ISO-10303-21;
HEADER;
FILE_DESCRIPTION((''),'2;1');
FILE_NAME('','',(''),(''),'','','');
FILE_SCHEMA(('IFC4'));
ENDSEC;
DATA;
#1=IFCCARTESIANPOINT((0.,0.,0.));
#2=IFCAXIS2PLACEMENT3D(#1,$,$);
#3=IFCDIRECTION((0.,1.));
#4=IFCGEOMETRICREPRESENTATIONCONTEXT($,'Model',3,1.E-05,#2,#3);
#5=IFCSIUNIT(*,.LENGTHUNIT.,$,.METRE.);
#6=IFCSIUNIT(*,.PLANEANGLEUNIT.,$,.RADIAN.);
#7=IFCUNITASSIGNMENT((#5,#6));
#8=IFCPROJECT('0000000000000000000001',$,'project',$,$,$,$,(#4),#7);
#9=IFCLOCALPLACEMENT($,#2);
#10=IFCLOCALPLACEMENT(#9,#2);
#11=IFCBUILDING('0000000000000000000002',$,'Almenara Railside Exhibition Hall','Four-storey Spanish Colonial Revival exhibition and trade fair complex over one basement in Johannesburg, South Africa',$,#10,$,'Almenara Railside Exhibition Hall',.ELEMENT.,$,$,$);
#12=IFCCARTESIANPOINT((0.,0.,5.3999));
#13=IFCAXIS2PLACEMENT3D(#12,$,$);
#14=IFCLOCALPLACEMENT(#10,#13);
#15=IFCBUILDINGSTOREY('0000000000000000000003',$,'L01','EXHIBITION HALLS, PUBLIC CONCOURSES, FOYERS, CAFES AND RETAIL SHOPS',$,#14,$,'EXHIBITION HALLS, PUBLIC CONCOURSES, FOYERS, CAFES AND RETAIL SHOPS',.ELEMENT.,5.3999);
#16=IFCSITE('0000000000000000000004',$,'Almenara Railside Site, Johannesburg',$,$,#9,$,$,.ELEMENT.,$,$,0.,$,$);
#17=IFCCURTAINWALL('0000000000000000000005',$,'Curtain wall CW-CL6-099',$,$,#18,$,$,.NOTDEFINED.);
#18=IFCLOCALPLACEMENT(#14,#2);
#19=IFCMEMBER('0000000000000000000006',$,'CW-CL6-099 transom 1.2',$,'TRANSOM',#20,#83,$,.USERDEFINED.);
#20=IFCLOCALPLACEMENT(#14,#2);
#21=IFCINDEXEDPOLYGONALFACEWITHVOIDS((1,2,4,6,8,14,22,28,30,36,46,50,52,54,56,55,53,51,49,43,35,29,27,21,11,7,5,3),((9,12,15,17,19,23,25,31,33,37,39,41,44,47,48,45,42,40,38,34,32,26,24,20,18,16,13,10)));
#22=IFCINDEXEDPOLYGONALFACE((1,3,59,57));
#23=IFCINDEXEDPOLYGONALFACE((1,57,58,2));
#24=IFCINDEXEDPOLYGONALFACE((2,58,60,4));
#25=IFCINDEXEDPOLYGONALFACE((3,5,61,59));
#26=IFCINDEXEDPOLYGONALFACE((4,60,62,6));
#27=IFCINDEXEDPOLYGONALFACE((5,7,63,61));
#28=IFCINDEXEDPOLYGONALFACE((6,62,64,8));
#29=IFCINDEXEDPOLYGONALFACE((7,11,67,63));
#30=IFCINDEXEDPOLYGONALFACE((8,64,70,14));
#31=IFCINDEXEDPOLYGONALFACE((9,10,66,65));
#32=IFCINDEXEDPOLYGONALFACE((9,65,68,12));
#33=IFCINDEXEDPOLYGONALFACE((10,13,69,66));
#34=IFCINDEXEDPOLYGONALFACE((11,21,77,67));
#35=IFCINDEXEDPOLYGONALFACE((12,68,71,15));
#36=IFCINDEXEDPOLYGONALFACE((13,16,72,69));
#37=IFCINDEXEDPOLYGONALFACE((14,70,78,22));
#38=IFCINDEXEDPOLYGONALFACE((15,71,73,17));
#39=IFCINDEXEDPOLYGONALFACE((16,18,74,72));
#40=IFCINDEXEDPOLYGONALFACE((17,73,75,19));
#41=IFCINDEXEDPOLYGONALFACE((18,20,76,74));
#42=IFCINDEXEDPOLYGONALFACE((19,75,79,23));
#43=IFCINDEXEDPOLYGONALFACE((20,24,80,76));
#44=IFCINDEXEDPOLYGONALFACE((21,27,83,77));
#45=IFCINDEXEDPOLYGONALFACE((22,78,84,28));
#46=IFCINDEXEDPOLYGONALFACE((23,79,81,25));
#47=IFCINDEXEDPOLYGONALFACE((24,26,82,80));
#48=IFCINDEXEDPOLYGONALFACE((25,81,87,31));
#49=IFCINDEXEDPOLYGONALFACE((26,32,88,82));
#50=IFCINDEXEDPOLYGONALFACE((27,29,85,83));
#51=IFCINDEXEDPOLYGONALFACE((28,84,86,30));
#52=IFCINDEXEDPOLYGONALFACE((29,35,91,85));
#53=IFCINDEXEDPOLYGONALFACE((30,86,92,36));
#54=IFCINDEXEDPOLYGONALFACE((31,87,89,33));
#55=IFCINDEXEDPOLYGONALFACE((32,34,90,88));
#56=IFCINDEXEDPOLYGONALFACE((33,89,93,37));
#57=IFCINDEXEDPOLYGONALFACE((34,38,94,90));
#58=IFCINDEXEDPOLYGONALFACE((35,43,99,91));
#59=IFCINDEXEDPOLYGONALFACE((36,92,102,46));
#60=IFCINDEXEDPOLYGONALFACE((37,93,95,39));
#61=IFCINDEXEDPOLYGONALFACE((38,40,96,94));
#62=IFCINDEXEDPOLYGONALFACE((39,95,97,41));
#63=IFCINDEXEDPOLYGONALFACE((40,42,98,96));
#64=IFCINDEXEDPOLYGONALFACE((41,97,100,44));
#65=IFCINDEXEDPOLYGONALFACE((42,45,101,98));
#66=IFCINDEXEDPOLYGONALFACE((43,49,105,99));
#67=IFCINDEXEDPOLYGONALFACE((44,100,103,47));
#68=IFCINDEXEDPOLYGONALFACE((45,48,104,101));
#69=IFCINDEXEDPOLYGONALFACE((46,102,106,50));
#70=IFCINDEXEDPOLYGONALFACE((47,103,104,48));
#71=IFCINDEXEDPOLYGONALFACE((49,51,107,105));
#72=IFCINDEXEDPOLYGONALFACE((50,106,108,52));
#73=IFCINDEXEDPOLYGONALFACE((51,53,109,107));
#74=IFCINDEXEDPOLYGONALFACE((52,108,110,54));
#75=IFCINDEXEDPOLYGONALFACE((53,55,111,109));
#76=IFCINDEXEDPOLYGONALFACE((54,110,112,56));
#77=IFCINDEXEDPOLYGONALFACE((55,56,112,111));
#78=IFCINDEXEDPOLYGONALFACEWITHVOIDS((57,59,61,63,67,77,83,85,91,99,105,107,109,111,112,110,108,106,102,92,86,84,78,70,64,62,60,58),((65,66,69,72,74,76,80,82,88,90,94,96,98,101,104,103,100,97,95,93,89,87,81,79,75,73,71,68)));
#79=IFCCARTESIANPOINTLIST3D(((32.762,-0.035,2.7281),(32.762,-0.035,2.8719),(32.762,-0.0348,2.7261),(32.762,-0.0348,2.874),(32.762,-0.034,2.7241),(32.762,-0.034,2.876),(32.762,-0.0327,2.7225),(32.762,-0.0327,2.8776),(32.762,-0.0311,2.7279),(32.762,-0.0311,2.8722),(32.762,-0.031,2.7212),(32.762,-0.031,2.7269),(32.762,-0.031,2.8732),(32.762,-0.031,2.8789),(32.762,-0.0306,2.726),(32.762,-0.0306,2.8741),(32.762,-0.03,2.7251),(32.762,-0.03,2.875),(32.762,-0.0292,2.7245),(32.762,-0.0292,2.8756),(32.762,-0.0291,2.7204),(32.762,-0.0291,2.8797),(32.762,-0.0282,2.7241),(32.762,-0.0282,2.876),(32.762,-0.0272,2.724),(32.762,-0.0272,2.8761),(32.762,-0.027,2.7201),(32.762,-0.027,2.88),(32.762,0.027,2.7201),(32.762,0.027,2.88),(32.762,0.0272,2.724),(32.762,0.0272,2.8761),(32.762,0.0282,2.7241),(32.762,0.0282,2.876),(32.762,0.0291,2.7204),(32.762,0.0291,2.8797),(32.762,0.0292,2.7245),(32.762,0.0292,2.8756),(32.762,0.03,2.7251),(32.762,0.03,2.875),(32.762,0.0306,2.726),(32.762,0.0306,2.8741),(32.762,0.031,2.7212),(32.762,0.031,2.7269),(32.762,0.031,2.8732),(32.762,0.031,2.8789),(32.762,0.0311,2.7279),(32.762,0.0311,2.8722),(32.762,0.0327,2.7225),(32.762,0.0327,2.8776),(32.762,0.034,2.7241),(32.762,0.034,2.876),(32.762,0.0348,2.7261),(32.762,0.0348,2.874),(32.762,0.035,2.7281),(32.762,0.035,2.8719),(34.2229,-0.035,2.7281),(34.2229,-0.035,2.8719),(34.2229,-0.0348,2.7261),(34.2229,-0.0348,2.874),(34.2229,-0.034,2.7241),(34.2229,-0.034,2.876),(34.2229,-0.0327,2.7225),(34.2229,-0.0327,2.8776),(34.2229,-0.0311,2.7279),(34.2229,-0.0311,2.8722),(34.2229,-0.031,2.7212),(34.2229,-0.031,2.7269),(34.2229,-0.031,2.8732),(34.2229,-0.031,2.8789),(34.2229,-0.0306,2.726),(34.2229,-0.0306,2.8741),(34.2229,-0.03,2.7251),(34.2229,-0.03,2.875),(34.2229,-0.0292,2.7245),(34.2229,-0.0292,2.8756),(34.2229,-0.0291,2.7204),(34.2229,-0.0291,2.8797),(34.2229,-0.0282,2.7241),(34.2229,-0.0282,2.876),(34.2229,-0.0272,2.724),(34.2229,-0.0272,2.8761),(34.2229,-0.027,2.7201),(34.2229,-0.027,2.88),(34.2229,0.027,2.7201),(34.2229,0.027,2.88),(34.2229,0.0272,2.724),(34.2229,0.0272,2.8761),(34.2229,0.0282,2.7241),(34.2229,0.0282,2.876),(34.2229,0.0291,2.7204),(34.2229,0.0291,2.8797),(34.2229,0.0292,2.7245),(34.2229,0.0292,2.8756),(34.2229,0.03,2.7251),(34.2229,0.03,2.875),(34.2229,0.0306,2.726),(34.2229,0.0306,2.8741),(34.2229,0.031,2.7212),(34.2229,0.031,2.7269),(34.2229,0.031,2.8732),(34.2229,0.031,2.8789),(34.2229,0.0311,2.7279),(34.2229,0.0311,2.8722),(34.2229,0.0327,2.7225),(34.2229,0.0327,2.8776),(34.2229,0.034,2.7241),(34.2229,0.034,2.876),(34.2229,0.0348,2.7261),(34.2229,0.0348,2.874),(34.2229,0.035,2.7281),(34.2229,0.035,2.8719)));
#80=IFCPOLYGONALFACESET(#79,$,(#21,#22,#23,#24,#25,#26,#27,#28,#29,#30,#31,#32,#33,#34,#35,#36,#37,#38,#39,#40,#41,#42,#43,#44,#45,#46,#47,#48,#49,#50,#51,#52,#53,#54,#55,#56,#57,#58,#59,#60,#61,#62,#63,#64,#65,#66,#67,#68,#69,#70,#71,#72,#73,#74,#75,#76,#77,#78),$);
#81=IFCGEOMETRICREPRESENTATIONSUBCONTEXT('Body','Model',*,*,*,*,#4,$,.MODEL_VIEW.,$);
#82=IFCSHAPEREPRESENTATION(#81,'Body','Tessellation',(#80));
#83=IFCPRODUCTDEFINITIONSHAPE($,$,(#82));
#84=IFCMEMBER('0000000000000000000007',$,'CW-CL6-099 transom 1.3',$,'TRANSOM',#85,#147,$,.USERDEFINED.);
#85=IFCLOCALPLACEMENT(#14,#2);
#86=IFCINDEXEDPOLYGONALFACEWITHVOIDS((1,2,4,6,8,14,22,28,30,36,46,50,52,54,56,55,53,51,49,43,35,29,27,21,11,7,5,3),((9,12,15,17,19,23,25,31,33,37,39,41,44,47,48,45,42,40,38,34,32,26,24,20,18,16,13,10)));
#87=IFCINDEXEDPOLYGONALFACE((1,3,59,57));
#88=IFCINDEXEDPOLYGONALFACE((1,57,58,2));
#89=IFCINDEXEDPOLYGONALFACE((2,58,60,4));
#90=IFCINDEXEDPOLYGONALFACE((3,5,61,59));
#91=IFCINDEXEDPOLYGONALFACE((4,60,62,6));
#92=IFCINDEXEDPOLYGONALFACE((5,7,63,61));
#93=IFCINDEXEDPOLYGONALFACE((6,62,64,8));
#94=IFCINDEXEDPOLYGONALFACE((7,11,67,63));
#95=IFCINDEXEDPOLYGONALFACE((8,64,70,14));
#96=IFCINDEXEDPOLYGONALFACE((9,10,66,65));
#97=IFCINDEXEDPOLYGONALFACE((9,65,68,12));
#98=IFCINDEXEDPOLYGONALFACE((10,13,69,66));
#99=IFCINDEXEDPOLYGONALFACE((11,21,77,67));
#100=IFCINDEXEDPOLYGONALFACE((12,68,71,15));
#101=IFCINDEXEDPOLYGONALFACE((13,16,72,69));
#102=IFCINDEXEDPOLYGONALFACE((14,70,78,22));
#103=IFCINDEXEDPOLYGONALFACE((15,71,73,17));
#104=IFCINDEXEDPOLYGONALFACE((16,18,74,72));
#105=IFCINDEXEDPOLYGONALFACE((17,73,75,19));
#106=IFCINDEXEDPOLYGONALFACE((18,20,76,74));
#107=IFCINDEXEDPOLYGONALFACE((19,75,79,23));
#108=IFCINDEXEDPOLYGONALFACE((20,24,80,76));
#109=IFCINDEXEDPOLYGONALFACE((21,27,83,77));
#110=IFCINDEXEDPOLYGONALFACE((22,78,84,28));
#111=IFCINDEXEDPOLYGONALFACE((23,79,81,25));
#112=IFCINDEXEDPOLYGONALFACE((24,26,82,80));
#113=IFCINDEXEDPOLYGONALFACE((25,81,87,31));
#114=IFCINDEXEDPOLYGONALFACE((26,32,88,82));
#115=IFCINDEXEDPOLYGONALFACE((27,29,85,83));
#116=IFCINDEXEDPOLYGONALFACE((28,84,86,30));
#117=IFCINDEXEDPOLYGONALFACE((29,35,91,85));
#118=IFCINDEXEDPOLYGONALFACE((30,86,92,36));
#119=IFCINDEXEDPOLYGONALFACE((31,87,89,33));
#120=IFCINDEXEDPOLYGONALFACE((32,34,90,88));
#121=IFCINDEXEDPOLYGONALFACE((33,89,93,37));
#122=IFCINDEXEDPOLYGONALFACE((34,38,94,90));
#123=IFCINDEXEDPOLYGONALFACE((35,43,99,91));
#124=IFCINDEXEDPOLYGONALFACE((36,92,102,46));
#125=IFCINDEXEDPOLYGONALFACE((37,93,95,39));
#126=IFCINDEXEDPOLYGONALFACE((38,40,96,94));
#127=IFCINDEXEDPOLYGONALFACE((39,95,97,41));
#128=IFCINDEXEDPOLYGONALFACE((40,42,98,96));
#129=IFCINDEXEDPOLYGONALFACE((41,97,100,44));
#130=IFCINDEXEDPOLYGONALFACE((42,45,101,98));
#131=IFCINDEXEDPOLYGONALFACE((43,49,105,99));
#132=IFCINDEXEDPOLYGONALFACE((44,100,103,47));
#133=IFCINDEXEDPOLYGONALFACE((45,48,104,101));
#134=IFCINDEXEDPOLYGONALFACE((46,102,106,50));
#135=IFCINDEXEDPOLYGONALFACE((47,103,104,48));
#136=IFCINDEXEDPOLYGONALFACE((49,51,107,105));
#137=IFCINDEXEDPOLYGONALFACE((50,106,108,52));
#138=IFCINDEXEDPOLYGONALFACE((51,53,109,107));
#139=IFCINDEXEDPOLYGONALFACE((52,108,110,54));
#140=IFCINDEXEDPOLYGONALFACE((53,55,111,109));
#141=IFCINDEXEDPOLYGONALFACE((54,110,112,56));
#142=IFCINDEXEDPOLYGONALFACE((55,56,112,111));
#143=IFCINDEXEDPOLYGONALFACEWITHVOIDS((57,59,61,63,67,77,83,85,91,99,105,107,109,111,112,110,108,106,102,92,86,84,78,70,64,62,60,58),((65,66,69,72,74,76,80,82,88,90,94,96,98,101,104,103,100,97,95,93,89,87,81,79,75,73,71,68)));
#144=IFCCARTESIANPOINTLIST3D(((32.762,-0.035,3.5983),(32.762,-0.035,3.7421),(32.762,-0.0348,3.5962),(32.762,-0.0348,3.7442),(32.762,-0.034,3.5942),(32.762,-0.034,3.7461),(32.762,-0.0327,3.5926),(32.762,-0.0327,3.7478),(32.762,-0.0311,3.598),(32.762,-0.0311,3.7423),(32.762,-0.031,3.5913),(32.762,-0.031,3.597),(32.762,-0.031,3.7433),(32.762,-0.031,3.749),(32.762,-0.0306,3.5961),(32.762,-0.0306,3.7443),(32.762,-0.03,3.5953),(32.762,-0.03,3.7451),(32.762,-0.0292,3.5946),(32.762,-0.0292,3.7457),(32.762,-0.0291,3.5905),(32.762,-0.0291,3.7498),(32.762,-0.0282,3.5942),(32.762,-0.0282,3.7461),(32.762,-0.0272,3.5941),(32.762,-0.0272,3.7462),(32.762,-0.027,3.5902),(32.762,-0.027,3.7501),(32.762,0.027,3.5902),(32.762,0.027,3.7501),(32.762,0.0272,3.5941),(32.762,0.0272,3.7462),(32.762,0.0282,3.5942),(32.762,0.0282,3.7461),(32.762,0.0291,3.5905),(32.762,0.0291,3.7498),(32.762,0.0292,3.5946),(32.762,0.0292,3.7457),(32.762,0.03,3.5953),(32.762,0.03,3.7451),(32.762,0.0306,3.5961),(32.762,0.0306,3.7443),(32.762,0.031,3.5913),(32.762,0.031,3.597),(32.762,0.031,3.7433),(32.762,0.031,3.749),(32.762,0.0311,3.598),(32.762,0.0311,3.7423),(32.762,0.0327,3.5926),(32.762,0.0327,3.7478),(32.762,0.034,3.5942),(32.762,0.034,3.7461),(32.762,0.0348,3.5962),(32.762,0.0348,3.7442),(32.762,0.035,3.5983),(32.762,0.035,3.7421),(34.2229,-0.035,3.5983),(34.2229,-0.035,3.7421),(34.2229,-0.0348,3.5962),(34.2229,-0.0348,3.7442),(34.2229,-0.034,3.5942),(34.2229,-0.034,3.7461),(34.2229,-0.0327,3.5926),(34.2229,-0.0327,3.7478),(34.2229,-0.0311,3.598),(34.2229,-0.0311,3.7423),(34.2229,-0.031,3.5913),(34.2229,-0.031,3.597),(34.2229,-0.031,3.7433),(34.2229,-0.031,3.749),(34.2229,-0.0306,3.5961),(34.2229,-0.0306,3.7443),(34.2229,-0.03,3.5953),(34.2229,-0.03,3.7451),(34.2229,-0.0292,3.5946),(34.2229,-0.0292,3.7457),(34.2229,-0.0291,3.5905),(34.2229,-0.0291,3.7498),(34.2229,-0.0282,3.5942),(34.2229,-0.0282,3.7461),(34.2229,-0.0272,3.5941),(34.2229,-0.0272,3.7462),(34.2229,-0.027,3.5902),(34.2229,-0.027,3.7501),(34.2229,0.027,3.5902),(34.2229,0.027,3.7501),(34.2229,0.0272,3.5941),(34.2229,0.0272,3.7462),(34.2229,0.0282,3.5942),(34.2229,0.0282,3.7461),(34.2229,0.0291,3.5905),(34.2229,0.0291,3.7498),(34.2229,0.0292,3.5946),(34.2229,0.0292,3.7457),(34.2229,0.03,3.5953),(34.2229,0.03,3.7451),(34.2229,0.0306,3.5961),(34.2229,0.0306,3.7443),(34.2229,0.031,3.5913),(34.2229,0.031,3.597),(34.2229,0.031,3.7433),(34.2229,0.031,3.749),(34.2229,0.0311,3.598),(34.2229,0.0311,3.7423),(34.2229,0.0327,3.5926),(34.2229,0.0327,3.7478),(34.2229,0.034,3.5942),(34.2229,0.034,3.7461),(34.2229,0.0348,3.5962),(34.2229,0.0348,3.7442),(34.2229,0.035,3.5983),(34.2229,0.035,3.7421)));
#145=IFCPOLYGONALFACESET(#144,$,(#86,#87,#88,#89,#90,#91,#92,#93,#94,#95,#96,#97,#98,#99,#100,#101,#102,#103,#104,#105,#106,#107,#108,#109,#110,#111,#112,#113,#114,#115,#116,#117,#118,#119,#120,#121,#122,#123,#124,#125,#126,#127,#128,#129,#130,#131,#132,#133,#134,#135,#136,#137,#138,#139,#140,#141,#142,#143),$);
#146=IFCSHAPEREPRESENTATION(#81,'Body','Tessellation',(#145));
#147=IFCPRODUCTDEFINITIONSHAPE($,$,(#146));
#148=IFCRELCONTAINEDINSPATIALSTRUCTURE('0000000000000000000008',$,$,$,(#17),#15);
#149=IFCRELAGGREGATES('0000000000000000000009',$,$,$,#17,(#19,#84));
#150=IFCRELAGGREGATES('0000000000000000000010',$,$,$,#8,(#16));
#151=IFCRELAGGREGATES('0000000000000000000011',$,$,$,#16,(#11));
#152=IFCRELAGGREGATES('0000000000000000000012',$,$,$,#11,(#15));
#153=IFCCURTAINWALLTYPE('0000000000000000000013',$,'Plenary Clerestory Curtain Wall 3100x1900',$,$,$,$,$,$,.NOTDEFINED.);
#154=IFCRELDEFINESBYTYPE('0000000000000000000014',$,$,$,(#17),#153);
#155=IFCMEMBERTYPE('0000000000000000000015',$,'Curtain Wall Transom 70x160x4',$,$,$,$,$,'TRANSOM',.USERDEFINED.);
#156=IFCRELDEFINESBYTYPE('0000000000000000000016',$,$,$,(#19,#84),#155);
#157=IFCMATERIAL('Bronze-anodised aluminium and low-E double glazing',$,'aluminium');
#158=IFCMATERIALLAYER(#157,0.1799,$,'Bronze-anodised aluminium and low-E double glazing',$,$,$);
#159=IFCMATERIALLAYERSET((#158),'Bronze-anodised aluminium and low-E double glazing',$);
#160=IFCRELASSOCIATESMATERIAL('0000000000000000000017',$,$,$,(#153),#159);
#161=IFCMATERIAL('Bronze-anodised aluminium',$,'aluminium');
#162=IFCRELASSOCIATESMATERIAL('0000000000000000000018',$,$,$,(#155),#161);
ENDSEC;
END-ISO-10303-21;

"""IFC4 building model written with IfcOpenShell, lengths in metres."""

from ifc_helpers import new_model, si_unit, direction, frame, origin, origin_2d, place, context, subcontext, project, spatial, hollow_rectangle, extrude, material, layer, layer_set, material_profile, profile_set, type_object, element, aggregate, save


model = new_model("IFC4")

# Units and contexts
model_context = context("Model", 3, precision=1e-05, world=origin(), true_north=direction((0.0, 1.0)))
body_context = subcontext(model_context, "Body", "Model", "MODEL_VIEW")
ifc_project = project(units=[si_unit("LENGTHUNIT", "METRE"), si_unit("PLANEANGLEUNIT", "RADIAN")], contexts=[model_context])

# Site, building, storey
site_placement = place(None, origin())
site = spatial("IfcSite", under=ifc_project, at=site_placement, Name="Almenara Railside Site, Johannesburg", CompositionType="ELEMENT", RefElevation=0.0)
building_placement = place(site_placement, origin())
building = spatial("IfcBuilding", under=site, at=building_placement, Name="Almenara Railside Exhibition Hall", Description="Four-storey Spanish Colonial Revival exhibition and trade fair complex over one basement in Johannesburg, South Africa", LongName="Almenara Railside Exhibition Hall", CompositionType="ELEMENT")
storey_placement = place(building_placement, frame((0.0, 0.0, 5.3999)))
storey = spatial("IfcBuildingStorey", under=building, at=storey_placement, Name="L01", Description="EXHIBITION HALLS, PUBLIC CONCOURSES, FOYERS, CAFES AND RETAIL SHOPS", LongName="EXHIBITION HALLS, PUBLIC CONCOURSES, FOYERS, CAFES AND RETAIL SHOPS", CompositionType="ELEMENT", Elevation=5.3999)

# Curtain wall
ifc_material_1 = material(Name="Bronze-anodised aluminium and low-E double glazing", Category="aluminium")
ifc_material_2 = material(Name="Bronze-anodised aluminium", Category="aluminium")
ifc_layer_1 = layer(ifc_material_1, 0.1799, Name="Bronze-anodised aluminium and low-E double glazing")
ifc_layer_set_1 = layer_set([ifc_layer_1], Name="Bronze-anodised aluminium and low-E double glazing")
curtain_wall_type_1 = type_object("IfcCurtainWallType", Name="Plenary Clerestory Curtain Wall 3100x1900", PredefinedType="NOTDEFINED", material=ifc_layer_set_1)
curtain_wall_1_placement = place(storey_placement, origin())
curtain_wall_1 = element("IfcCurtainWall", 1, at=curtain_wall_1_placement, inside=storey, type_object=curtain_wall_type_1, Name="Curtain wall CW-CL6-099", PredefinedType="NOTDEFINED")

# Members
ifc_material_profile_1 = material_profile(ifc_material_2, hollow_rectangle(XDim=0.0701, YDim=0.1599, WallThickness=0.0039, InnerFilletRadius=0.0039, OuterFilletRadius=0.0081, at=origin_2d()), Name="ALU-TRN 70x160x4")
ifc_profile_set_1 = profile_set([ifc_material_profile_1], Name="Bronze-anodised aluminium")
member_type_1 = type_object("IfcMemberType", Name="Curtain Wall Transom 70x160x4", ElementType="TRANSOM", PredefinedType="USERDEFINED", material=ifc_profile_set_1)
member_1_placement = place(storey_placement, frame((32.762, 0.0, 2.8), z_axis=(1.0, 0.0, 0.0), x_axis=(0.0, 1.0, 0.0)))
member_1 = element("IfcMember", 2, at=member_1_placement, type_object=member_type_1, Name="CW-CL6-099 transom 1.2", ObjectType="TRANSOM", PredefinedType="USERDEFINED", context=body_context, shape_type="SweptSolid", body=[
    extrude(hollow_rectangle(XDim=0.0701, YDim=0.1599, WallThickness=0.0039, InnerFilletRadius=0.0039, OuterFilletRadius=0.0081, at=origin_2d()), origin(), (0.0, 0.0, 1.0), 1.4609),
])
member_2_placement = place(storey_placement, frame((32.762, 0.0, 3.6702), z_axis=(1.0, 0.0, 0.0), x_axis=(0.0, 1.0, 0.0)))
member_2 = element("IfcMember", 3, at=member_2_placement, type_object=member_type_1, Name="CW-CL6-099 transom 1.3", ObjectType="TRANSOM", PredefinedType="USERDEFINED", context=body_context, shape_type="SweptSolid", body=[
    extrude(hollow_rectangle(XDim=0.0701, YDim=0.1599, WallThickness=0.0039, InnerFilletRadius=0.0039, OuterFilletRadius=0.0081, at=origin_2d()), origin(), (0.0, 0.0, 1.0), 1.4609),
])

aggregate(curtain_wall_1, [member_1, member_2])

save(model, "model.ifc")
